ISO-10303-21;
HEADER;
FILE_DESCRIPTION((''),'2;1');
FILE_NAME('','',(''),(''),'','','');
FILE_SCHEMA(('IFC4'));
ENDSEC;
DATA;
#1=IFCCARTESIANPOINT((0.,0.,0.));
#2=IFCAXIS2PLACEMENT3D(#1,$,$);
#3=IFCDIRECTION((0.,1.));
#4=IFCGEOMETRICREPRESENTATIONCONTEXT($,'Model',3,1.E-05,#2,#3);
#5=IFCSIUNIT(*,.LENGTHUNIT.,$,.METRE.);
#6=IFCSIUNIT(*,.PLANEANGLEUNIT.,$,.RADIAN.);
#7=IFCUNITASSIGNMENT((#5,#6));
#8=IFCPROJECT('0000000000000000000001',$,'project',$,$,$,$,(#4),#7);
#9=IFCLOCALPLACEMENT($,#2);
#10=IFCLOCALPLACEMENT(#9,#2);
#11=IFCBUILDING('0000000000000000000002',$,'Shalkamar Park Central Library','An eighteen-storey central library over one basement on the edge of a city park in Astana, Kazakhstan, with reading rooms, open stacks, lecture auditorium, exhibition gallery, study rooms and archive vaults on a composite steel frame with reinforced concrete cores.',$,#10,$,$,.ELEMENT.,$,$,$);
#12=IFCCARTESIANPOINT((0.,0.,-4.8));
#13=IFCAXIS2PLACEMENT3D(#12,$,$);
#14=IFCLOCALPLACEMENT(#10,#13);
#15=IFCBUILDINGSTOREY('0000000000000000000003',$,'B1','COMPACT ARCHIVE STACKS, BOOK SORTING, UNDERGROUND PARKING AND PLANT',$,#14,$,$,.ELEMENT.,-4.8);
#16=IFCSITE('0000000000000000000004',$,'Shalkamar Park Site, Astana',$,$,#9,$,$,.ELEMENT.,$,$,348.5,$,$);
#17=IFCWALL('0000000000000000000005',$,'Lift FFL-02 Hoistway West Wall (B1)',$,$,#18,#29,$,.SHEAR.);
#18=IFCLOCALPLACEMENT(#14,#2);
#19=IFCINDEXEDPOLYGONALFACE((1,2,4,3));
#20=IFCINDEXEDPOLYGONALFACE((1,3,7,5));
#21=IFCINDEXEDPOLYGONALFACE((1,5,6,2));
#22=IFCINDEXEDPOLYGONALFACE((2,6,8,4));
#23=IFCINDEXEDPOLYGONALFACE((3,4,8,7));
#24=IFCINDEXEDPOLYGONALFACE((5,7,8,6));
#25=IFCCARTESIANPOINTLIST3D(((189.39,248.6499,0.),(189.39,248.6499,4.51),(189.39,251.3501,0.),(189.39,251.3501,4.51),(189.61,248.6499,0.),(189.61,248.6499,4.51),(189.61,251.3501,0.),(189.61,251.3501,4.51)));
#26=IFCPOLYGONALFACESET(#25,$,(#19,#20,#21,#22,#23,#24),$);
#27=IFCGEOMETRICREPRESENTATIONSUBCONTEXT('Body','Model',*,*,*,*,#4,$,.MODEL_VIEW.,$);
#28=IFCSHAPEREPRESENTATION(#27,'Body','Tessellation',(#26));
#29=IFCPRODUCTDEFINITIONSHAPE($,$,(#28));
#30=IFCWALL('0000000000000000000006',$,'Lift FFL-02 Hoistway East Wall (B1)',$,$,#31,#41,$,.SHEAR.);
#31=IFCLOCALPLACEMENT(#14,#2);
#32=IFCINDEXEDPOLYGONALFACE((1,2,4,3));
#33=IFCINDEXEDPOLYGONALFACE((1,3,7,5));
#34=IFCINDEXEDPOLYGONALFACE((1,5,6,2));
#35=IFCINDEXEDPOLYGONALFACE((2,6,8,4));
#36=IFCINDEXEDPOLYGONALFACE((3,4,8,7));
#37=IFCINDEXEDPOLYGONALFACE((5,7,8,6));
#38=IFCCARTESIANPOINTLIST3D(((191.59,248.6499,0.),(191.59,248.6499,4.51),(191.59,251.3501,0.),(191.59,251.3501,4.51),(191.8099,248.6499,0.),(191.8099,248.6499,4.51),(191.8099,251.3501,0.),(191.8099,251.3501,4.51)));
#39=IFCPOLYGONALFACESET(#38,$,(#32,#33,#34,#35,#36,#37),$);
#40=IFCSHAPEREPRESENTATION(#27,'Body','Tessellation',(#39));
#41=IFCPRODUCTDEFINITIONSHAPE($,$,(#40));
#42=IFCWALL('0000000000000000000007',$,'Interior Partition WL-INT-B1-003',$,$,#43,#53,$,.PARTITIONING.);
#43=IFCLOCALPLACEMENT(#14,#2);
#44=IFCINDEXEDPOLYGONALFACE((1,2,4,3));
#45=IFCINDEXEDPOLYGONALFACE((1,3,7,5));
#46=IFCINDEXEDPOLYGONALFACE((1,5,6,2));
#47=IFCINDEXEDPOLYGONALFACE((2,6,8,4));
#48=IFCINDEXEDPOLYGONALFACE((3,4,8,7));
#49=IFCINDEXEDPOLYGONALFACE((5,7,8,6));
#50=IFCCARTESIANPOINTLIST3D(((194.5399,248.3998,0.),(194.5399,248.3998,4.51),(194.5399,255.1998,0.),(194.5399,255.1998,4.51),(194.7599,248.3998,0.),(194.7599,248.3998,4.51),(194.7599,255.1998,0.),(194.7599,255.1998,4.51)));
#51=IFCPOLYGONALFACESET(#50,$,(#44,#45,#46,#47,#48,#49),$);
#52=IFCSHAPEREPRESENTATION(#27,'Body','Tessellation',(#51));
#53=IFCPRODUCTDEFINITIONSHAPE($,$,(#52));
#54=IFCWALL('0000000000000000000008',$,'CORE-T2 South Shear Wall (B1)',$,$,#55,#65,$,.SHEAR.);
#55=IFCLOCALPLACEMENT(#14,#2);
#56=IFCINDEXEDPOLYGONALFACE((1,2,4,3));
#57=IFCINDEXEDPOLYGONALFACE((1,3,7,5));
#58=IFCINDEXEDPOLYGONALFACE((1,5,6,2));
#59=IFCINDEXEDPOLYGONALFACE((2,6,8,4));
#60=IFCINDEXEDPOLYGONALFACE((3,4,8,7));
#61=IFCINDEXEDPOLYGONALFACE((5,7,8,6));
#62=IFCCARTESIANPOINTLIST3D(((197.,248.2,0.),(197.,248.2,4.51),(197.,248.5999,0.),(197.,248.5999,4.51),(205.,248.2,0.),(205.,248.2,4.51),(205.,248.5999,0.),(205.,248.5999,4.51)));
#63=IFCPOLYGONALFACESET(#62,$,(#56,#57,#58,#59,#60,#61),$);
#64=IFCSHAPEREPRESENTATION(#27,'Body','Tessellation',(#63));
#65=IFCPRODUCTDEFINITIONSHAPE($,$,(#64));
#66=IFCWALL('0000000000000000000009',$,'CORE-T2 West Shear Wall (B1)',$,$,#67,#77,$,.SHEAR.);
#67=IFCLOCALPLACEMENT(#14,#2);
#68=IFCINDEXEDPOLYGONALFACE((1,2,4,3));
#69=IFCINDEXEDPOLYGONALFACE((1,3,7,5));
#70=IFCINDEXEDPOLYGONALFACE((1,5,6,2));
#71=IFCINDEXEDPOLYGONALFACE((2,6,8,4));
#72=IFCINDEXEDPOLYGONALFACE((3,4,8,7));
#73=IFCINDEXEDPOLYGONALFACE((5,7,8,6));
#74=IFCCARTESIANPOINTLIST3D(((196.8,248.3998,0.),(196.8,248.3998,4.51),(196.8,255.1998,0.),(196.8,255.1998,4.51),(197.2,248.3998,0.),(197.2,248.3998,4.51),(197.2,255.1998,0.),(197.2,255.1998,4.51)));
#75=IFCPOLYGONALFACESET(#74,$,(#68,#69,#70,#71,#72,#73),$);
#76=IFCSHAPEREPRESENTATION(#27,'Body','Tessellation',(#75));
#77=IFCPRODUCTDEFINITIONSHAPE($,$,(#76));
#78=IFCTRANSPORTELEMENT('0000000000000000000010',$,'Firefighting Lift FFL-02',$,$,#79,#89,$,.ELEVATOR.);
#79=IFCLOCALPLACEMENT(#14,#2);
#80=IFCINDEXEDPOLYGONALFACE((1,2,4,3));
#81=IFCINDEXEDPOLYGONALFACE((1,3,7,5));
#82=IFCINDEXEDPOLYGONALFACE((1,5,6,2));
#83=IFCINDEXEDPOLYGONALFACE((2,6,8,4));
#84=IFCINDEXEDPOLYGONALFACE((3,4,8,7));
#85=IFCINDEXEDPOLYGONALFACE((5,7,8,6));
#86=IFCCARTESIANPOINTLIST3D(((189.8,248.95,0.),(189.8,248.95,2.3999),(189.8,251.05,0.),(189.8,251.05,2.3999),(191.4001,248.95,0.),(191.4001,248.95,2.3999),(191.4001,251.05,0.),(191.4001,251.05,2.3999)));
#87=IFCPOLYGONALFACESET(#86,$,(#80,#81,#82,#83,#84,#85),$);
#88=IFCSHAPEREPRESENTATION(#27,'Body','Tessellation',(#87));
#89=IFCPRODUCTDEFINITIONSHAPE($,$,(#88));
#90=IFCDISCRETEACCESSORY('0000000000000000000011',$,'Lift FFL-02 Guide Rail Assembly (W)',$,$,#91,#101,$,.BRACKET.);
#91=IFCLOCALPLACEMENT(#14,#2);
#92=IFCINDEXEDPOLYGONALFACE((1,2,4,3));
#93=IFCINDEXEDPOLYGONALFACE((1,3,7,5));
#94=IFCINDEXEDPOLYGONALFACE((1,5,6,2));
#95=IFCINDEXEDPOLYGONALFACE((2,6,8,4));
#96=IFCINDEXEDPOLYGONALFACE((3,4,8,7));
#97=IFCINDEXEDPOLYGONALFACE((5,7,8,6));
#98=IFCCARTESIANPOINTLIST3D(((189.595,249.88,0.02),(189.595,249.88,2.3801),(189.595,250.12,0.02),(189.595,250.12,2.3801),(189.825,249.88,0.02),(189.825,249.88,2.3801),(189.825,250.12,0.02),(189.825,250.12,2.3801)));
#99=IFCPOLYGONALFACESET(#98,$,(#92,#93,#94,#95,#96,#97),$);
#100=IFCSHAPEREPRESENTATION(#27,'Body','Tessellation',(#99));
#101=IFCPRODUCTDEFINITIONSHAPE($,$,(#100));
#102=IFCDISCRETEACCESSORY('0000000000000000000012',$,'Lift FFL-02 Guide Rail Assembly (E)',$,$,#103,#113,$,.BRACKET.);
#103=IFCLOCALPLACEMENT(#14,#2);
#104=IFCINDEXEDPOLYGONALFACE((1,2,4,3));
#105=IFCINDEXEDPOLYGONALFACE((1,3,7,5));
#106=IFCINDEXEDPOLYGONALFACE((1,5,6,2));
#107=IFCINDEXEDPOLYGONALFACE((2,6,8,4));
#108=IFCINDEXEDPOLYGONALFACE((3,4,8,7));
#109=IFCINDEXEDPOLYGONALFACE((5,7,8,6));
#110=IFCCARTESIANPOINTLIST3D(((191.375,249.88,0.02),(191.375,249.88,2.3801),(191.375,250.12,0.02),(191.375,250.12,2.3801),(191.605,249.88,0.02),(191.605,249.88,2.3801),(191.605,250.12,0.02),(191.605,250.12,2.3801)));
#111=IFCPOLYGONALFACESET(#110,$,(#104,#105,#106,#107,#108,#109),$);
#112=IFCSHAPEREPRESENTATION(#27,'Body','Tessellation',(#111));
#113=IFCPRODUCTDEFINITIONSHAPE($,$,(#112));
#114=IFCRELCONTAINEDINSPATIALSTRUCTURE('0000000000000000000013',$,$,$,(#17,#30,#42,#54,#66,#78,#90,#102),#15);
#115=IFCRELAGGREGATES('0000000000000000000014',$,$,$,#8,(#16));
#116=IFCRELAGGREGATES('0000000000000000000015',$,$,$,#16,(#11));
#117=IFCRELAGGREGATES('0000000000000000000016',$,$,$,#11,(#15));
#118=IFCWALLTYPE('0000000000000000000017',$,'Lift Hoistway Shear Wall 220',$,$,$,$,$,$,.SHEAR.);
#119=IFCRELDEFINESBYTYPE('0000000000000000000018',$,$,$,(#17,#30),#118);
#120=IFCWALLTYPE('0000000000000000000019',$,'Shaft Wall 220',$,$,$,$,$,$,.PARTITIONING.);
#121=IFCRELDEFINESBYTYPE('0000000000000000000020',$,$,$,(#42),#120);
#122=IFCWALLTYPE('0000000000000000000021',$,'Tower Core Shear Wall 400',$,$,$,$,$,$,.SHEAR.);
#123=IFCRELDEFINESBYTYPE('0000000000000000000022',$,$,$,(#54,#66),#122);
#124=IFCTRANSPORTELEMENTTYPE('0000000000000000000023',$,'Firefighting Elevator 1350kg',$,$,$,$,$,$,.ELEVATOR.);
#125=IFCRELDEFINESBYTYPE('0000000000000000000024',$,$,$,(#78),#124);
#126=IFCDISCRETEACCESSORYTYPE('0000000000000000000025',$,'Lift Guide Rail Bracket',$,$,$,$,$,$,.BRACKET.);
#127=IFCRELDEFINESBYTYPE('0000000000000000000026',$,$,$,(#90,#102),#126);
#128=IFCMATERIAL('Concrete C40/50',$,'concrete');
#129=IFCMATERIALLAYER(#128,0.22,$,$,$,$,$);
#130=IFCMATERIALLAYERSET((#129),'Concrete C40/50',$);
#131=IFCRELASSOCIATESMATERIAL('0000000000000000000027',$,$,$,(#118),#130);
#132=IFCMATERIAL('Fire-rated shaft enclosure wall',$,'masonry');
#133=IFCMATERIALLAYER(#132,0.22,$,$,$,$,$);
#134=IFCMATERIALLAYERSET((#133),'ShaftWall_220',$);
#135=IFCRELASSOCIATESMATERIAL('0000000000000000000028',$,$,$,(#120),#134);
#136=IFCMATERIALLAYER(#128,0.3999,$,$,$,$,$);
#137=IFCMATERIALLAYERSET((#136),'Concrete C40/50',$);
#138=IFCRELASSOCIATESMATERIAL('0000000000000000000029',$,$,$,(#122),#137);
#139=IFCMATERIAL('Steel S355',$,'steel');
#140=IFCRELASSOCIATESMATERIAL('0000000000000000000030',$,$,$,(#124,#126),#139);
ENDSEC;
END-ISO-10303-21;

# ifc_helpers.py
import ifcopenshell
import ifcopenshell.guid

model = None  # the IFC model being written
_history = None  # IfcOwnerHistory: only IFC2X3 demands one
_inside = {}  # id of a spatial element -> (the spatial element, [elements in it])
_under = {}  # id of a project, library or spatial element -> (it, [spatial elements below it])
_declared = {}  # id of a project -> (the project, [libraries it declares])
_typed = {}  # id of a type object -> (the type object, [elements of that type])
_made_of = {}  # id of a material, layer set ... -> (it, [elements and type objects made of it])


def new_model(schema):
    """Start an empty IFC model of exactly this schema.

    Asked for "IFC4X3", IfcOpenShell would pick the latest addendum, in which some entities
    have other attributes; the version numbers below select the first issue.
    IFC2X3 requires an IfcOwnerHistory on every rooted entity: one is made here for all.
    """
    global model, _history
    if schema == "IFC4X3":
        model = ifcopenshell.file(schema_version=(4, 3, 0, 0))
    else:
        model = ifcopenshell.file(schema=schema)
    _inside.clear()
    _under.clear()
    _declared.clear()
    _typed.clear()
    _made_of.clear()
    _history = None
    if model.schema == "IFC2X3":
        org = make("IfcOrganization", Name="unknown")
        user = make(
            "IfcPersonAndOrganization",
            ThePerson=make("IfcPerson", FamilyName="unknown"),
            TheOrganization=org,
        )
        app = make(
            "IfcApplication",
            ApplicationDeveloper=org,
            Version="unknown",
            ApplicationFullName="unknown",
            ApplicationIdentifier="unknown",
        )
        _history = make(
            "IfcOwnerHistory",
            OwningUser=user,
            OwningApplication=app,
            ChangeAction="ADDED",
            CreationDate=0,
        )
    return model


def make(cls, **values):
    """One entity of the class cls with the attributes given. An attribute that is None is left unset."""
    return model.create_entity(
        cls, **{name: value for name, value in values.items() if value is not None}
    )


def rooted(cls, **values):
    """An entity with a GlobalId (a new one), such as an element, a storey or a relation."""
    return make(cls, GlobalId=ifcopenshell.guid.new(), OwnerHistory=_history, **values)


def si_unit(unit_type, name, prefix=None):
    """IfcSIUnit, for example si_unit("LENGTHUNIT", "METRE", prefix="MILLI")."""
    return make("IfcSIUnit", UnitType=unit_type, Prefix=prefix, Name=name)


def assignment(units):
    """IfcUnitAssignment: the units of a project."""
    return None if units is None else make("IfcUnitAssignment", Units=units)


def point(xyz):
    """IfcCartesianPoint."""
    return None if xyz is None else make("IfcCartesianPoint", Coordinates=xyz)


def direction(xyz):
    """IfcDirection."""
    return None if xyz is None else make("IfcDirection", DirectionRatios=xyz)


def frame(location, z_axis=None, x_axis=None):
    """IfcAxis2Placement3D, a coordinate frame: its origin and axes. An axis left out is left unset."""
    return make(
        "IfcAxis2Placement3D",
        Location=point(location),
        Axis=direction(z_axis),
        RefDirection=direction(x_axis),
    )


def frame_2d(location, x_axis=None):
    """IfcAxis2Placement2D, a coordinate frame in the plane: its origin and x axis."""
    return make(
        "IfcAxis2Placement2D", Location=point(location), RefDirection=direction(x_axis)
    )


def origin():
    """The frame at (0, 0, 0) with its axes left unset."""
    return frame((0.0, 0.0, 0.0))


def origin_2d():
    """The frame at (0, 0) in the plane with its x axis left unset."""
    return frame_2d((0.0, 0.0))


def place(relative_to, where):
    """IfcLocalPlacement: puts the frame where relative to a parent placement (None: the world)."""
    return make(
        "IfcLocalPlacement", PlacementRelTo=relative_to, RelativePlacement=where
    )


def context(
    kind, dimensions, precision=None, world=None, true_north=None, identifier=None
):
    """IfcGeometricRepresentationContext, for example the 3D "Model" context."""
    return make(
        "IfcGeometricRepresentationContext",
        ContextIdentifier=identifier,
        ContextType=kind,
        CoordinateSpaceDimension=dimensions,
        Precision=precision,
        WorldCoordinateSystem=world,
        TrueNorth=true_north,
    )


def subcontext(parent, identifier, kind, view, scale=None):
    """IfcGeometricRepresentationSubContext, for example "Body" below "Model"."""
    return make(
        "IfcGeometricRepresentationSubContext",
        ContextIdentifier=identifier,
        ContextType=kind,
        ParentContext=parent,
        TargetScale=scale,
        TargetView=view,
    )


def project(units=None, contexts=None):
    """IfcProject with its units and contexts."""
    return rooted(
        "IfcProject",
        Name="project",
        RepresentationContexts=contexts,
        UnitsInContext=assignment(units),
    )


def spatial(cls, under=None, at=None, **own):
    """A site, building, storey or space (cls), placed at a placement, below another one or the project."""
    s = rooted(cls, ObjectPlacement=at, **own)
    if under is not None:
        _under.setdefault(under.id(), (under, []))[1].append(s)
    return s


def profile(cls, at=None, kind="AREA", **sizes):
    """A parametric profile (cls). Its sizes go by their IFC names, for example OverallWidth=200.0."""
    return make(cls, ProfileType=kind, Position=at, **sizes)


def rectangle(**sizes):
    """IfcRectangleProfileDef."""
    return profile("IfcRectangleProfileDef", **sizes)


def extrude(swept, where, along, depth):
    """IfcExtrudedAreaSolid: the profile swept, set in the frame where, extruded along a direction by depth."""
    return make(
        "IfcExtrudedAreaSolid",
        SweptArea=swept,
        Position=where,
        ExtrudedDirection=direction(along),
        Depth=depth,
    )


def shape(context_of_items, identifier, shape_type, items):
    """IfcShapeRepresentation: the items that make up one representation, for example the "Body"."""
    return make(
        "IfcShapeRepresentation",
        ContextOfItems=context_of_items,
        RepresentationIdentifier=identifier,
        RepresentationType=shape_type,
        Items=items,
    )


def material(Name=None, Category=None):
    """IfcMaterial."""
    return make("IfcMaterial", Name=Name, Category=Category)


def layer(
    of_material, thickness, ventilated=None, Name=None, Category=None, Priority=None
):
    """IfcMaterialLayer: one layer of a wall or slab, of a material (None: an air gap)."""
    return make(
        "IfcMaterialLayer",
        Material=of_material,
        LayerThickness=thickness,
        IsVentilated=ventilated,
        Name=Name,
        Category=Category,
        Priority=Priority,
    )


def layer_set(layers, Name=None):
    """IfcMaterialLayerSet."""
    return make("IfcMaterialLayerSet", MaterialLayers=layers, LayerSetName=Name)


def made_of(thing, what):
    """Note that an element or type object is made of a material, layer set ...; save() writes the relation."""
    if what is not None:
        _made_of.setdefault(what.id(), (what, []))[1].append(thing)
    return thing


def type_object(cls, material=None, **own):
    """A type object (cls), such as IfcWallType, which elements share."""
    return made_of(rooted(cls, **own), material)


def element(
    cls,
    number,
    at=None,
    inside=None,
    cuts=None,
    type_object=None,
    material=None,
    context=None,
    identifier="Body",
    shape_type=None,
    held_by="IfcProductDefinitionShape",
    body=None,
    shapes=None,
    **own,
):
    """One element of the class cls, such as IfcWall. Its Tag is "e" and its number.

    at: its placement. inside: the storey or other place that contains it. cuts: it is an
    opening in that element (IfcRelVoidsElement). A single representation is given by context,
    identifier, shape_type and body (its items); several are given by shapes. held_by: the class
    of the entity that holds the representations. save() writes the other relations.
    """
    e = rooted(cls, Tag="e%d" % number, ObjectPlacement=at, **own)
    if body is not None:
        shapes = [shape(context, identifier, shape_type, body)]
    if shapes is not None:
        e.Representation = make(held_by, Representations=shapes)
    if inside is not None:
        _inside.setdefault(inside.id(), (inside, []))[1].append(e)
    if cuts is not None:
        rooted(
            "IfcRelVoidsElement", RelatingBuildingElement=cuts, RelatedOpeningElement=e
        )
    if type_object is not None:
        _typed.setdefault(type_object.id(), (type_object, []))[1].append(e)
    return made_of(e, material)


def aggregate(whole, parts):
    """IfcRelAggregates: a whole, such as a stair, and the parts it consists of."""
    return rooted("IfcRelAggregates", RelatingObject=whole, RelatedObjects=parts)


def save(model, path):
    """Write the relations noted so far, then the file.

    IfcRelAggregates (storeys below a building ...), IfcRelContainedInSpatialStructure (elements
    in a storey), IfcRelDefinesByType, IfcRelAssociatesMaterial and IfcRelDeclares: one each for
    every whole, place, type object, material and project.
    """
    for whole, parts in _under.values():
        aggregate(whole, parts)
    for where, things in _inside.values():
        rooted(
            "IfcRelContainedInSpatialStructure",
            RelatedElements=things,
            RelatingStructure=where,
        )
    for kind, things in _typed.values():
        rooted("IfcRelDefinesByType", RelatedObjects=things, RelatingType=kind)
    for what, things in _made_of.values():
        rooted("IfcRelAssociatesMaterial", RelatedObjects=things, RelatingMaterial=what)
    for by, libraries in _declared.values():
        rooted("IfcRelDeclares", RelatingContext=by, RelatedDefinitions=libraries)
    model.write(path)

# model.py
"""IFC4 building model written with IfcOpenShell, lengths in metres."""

from ifc_helpers import new_model, si_unit, direction, frame, frame_2d, origin, origin_2d, place, context, subcontext, project, spatial, rectangle, extrude, material, layer, layer_set, type_object, element, save


model = new_model("IFC4")

# Units and contexts
model_context = context("Model", 3, precision=1e-05, world=origin(), true_north=direction((0.0, 1.0)))
body_context = subcontext(model_context, "Body", "Model", "MODEL_VIEW")
ifc_project = project(units=[si_unit("LENGTHUNIT", "METRE"), si_unit("PLANEANGLEUNIT", "RADIAN")], contexts=[model_context])

# Site, building, storey
site_placement = place(None, origin())
site = spatial("IfcSite", under=ifc_project, at=site_placement, Name="Shalkamar Park Site, Astana", CompositionType="ELEMENT", RefElevation=348.5)
building_placement = place(site_placement, origin())
building = spatial("IfcBuilding", under=site, at=building_placement, Name="Shalkamar Park Central Library", Description="An eighteen-storey central library over one basement on the edge of a city park in Astana, Kazakhstan, with reading rooms, open stacks, lecture auditorium, exhibition gallery, study rooms and archive vaults on a composite steel frame with reinforced concrete cores.", CompositionType="ELEMENT")
storey_placement = place(building_placement, frame((0.0, 0.0, -4.8)))
storey = spatial("IfcBuildingStorey", under=building, at=storey_placement, Name="B1", Description="COMPACT ARCHIVE STACKS, BOOK SORTING, UNDERGROUND PARKING AND PLANT", CompositionType="ELEMENT", Elevation=-4.8)

# Shared definitions
ifc_material_1 = material(Name="Concrete C40/50", Category="concrete")
ifc_material_2 = material(Name="Steel S355", Category="steel")

# Walls
ifc_layer_1 = layer(ifc_material_1, 0.22)
ifc_layer_set_1 = layer_set([ifc_layer_1], Name="Concrete C40/50")
wall_type_1 = type_object("IfcWallType", Name="Lift Hoistway Shear Wall 220", PredefinedType="SHEAR", material=ifc_layer_set_1)
for number, where, z_axis, x_axis, name in (
    (1, (189.5, 248.6499, 0.0), (0.0, 0.0, 1.0), (0.0, 1.0, 0.0), "Lift FFL-02 Hoistway West Wall (B1)"),
    (2, (191.7, 248.6499, 0.0), (0.0, 0.0, 1.0), (0.0, 1.0, 0.0), "Lift FFL-02 Hoistway East Wall (B1)"),
):
    element("IfcWall", number, at=place(storey_placement, frame(where, z_axis=z_axis, x_axis=x_axis)), inside=storey, type_object=wall_type_1, Name=name, PredefinedType="SHEAR", context=body_context, shape_type="SweptSolid", body=[
        extrude(rectangle(XDim=2.7002, YDim=0.22, at=frame_2d((1.3501, 0.0))), origin(), (0.0, 0.0, 1.0), 4.51),
    ])

# Walls
ifc_material_3 = material(Name="Fire-rated shaft enclosure wall", Category="masonry")
ifc_layer_2 = layer(ifc_material_3, 0.22)
ifc_layer_set_2 = layer_set([ifc_layer_2], Name="ShaftWall_220")
wall_type_2 = type_object("IfcWallType", Name="Shaft Wall 220", PredefinedType="PARTITIONING", material=ifc_layer_set_2)
wall_1_placement = place(storey_placement, frame((194.6499, 248.3999, 0.0), z_axis=(0.0, 0.0, 1.0), x_axis=(0.0, 1.0, 0.0)))
element("IfcWall", 3, at=wall_1_placement, inside=storey, type_object=wall_type_2, Name="Interior Partition WL-INT-B1-003", PredefinedType="PARTITIONING", context=body_context, shape_type="SweptSolid", body=[
    extrude(rectangle(XDim=6.8, YDim=0.22, at=frame_2d((3.3999, 0.0))), origin(), (0.0, 0.0, 1.0), 4.51),
])
ifc_layer_3 = layer(ifc_material_1, 0.3999)
ifc_layer_set_3 = layer_set([ifc_layer_3], Name="Concrete C40/50")
wall_type_3 = type_object("IfcWallType", Name="Tower Core Shear Wall 400", PredefinedType="SHEAR", material=ifc_layer_set_3)
wall_2_placement = place(storey_placement, frame((197.0, 248.3999, 0.0), z_axis=(0.0, 0.0, 1.0), x_axis=(1.0, 0.0, 0.0)))
element("IfcWall", 4, at=wall_2_placement, inside=storey, type_object=wall_type_3, Name="CORE-T2 South Shear Wall (B1)", PredefinedType="SHEAR", context=body_context, shape_type="SweptSolid", body=[
    extrude(rectangle(XDim=8.0, YDim=0.3999, at=frame_2d((4.0, 0.0))), origin(), (0.0, 0.0, 1.0), 4.51),
])
wall_3_placement = place(storey_placement, frame((197.0, 248.3999, 0.0), z_axis=(0.0, 0.0, 1.0), x_axis=(0.0, 1.0, 0.0)))
element("IfcWall", 5, at=wall_3_placement, inside=storey, type_object=wall_type_3, Name="CORE-T2 West Shear Wall (B1)", PredefinedType="SHEAR", context=body_context, shape_type="SweptSolid", body=[
    extrude(rectangle(XDim=6.8, YDim=0.3999, at=frame_2d((3.3999, 0.0))), origin(), (0.0, 0.0, 1.0), 4.51),
])

# Transport element
transport_element_type = type_object("IfcTransportElementType", Name="Firefighting Elevator 1350kg", PredefinedType="ELEVATOR", material=ifc_material_2)
transport_element_placement = place(storey_placement, frame((190.6001, 250.0, 0.0), z_axis=(0.0, 0.0, 1.0), x_axis=(1.0, 0.0, 0.0)))
element("IfcTransportElement", 6, at=transport_element_placement, inside=storey, type_object=transport_element_type, Name="Firefighting Lift FFL-02", PredefinedType="ELEVATOR", context=body_context, shape_type="SweptSolid", body=[
    extrude(rectangle(XDim=1.6001, YDim=2.1001, at=origin_2d()), origin(), (0.0, 0.0, 1.0), 2.3999),
])

# Discrete accessories
discrete_accessory_type = type_object("IfcDiscreteAccessoryType", Name="Lift Guide Rail Bracket", PredefinedType="BRACKET", material=ifc_material_2)
for number, where, z_axis, x_axis, name in (
    (7, (189.71, 250.0, 0.02), (0.0, 0.0, 1.0), (1.0, 0.0, 0.0), "Lift FFL-02 Guide Rail Assembly (W)"),
    (8, (191.49, 250.0, 0.02), (0.0, 0.0, 1.0), (1.0, 0.0, 0.0), "Lift FFL-02 Guide Rail Assembly (E)"),
):
    element("IfcDiscreteAccessory", number, at=place(storey_placement, frame(where, z_axis=z_axis, x_axis=x_axis)), inside=storey, type_object=discrete_accessory_type, Name=name, PredefinedType="BRACKET", context=body_context, shape_type="SweptSolid", body=[
        extrude(rectangle(XDim=0.23, YDim=0.24, at=origin_2d()), origin(), (0.0, 0.0, 1.0), 2.3601),
    ])

save(model, "model.ifc")
